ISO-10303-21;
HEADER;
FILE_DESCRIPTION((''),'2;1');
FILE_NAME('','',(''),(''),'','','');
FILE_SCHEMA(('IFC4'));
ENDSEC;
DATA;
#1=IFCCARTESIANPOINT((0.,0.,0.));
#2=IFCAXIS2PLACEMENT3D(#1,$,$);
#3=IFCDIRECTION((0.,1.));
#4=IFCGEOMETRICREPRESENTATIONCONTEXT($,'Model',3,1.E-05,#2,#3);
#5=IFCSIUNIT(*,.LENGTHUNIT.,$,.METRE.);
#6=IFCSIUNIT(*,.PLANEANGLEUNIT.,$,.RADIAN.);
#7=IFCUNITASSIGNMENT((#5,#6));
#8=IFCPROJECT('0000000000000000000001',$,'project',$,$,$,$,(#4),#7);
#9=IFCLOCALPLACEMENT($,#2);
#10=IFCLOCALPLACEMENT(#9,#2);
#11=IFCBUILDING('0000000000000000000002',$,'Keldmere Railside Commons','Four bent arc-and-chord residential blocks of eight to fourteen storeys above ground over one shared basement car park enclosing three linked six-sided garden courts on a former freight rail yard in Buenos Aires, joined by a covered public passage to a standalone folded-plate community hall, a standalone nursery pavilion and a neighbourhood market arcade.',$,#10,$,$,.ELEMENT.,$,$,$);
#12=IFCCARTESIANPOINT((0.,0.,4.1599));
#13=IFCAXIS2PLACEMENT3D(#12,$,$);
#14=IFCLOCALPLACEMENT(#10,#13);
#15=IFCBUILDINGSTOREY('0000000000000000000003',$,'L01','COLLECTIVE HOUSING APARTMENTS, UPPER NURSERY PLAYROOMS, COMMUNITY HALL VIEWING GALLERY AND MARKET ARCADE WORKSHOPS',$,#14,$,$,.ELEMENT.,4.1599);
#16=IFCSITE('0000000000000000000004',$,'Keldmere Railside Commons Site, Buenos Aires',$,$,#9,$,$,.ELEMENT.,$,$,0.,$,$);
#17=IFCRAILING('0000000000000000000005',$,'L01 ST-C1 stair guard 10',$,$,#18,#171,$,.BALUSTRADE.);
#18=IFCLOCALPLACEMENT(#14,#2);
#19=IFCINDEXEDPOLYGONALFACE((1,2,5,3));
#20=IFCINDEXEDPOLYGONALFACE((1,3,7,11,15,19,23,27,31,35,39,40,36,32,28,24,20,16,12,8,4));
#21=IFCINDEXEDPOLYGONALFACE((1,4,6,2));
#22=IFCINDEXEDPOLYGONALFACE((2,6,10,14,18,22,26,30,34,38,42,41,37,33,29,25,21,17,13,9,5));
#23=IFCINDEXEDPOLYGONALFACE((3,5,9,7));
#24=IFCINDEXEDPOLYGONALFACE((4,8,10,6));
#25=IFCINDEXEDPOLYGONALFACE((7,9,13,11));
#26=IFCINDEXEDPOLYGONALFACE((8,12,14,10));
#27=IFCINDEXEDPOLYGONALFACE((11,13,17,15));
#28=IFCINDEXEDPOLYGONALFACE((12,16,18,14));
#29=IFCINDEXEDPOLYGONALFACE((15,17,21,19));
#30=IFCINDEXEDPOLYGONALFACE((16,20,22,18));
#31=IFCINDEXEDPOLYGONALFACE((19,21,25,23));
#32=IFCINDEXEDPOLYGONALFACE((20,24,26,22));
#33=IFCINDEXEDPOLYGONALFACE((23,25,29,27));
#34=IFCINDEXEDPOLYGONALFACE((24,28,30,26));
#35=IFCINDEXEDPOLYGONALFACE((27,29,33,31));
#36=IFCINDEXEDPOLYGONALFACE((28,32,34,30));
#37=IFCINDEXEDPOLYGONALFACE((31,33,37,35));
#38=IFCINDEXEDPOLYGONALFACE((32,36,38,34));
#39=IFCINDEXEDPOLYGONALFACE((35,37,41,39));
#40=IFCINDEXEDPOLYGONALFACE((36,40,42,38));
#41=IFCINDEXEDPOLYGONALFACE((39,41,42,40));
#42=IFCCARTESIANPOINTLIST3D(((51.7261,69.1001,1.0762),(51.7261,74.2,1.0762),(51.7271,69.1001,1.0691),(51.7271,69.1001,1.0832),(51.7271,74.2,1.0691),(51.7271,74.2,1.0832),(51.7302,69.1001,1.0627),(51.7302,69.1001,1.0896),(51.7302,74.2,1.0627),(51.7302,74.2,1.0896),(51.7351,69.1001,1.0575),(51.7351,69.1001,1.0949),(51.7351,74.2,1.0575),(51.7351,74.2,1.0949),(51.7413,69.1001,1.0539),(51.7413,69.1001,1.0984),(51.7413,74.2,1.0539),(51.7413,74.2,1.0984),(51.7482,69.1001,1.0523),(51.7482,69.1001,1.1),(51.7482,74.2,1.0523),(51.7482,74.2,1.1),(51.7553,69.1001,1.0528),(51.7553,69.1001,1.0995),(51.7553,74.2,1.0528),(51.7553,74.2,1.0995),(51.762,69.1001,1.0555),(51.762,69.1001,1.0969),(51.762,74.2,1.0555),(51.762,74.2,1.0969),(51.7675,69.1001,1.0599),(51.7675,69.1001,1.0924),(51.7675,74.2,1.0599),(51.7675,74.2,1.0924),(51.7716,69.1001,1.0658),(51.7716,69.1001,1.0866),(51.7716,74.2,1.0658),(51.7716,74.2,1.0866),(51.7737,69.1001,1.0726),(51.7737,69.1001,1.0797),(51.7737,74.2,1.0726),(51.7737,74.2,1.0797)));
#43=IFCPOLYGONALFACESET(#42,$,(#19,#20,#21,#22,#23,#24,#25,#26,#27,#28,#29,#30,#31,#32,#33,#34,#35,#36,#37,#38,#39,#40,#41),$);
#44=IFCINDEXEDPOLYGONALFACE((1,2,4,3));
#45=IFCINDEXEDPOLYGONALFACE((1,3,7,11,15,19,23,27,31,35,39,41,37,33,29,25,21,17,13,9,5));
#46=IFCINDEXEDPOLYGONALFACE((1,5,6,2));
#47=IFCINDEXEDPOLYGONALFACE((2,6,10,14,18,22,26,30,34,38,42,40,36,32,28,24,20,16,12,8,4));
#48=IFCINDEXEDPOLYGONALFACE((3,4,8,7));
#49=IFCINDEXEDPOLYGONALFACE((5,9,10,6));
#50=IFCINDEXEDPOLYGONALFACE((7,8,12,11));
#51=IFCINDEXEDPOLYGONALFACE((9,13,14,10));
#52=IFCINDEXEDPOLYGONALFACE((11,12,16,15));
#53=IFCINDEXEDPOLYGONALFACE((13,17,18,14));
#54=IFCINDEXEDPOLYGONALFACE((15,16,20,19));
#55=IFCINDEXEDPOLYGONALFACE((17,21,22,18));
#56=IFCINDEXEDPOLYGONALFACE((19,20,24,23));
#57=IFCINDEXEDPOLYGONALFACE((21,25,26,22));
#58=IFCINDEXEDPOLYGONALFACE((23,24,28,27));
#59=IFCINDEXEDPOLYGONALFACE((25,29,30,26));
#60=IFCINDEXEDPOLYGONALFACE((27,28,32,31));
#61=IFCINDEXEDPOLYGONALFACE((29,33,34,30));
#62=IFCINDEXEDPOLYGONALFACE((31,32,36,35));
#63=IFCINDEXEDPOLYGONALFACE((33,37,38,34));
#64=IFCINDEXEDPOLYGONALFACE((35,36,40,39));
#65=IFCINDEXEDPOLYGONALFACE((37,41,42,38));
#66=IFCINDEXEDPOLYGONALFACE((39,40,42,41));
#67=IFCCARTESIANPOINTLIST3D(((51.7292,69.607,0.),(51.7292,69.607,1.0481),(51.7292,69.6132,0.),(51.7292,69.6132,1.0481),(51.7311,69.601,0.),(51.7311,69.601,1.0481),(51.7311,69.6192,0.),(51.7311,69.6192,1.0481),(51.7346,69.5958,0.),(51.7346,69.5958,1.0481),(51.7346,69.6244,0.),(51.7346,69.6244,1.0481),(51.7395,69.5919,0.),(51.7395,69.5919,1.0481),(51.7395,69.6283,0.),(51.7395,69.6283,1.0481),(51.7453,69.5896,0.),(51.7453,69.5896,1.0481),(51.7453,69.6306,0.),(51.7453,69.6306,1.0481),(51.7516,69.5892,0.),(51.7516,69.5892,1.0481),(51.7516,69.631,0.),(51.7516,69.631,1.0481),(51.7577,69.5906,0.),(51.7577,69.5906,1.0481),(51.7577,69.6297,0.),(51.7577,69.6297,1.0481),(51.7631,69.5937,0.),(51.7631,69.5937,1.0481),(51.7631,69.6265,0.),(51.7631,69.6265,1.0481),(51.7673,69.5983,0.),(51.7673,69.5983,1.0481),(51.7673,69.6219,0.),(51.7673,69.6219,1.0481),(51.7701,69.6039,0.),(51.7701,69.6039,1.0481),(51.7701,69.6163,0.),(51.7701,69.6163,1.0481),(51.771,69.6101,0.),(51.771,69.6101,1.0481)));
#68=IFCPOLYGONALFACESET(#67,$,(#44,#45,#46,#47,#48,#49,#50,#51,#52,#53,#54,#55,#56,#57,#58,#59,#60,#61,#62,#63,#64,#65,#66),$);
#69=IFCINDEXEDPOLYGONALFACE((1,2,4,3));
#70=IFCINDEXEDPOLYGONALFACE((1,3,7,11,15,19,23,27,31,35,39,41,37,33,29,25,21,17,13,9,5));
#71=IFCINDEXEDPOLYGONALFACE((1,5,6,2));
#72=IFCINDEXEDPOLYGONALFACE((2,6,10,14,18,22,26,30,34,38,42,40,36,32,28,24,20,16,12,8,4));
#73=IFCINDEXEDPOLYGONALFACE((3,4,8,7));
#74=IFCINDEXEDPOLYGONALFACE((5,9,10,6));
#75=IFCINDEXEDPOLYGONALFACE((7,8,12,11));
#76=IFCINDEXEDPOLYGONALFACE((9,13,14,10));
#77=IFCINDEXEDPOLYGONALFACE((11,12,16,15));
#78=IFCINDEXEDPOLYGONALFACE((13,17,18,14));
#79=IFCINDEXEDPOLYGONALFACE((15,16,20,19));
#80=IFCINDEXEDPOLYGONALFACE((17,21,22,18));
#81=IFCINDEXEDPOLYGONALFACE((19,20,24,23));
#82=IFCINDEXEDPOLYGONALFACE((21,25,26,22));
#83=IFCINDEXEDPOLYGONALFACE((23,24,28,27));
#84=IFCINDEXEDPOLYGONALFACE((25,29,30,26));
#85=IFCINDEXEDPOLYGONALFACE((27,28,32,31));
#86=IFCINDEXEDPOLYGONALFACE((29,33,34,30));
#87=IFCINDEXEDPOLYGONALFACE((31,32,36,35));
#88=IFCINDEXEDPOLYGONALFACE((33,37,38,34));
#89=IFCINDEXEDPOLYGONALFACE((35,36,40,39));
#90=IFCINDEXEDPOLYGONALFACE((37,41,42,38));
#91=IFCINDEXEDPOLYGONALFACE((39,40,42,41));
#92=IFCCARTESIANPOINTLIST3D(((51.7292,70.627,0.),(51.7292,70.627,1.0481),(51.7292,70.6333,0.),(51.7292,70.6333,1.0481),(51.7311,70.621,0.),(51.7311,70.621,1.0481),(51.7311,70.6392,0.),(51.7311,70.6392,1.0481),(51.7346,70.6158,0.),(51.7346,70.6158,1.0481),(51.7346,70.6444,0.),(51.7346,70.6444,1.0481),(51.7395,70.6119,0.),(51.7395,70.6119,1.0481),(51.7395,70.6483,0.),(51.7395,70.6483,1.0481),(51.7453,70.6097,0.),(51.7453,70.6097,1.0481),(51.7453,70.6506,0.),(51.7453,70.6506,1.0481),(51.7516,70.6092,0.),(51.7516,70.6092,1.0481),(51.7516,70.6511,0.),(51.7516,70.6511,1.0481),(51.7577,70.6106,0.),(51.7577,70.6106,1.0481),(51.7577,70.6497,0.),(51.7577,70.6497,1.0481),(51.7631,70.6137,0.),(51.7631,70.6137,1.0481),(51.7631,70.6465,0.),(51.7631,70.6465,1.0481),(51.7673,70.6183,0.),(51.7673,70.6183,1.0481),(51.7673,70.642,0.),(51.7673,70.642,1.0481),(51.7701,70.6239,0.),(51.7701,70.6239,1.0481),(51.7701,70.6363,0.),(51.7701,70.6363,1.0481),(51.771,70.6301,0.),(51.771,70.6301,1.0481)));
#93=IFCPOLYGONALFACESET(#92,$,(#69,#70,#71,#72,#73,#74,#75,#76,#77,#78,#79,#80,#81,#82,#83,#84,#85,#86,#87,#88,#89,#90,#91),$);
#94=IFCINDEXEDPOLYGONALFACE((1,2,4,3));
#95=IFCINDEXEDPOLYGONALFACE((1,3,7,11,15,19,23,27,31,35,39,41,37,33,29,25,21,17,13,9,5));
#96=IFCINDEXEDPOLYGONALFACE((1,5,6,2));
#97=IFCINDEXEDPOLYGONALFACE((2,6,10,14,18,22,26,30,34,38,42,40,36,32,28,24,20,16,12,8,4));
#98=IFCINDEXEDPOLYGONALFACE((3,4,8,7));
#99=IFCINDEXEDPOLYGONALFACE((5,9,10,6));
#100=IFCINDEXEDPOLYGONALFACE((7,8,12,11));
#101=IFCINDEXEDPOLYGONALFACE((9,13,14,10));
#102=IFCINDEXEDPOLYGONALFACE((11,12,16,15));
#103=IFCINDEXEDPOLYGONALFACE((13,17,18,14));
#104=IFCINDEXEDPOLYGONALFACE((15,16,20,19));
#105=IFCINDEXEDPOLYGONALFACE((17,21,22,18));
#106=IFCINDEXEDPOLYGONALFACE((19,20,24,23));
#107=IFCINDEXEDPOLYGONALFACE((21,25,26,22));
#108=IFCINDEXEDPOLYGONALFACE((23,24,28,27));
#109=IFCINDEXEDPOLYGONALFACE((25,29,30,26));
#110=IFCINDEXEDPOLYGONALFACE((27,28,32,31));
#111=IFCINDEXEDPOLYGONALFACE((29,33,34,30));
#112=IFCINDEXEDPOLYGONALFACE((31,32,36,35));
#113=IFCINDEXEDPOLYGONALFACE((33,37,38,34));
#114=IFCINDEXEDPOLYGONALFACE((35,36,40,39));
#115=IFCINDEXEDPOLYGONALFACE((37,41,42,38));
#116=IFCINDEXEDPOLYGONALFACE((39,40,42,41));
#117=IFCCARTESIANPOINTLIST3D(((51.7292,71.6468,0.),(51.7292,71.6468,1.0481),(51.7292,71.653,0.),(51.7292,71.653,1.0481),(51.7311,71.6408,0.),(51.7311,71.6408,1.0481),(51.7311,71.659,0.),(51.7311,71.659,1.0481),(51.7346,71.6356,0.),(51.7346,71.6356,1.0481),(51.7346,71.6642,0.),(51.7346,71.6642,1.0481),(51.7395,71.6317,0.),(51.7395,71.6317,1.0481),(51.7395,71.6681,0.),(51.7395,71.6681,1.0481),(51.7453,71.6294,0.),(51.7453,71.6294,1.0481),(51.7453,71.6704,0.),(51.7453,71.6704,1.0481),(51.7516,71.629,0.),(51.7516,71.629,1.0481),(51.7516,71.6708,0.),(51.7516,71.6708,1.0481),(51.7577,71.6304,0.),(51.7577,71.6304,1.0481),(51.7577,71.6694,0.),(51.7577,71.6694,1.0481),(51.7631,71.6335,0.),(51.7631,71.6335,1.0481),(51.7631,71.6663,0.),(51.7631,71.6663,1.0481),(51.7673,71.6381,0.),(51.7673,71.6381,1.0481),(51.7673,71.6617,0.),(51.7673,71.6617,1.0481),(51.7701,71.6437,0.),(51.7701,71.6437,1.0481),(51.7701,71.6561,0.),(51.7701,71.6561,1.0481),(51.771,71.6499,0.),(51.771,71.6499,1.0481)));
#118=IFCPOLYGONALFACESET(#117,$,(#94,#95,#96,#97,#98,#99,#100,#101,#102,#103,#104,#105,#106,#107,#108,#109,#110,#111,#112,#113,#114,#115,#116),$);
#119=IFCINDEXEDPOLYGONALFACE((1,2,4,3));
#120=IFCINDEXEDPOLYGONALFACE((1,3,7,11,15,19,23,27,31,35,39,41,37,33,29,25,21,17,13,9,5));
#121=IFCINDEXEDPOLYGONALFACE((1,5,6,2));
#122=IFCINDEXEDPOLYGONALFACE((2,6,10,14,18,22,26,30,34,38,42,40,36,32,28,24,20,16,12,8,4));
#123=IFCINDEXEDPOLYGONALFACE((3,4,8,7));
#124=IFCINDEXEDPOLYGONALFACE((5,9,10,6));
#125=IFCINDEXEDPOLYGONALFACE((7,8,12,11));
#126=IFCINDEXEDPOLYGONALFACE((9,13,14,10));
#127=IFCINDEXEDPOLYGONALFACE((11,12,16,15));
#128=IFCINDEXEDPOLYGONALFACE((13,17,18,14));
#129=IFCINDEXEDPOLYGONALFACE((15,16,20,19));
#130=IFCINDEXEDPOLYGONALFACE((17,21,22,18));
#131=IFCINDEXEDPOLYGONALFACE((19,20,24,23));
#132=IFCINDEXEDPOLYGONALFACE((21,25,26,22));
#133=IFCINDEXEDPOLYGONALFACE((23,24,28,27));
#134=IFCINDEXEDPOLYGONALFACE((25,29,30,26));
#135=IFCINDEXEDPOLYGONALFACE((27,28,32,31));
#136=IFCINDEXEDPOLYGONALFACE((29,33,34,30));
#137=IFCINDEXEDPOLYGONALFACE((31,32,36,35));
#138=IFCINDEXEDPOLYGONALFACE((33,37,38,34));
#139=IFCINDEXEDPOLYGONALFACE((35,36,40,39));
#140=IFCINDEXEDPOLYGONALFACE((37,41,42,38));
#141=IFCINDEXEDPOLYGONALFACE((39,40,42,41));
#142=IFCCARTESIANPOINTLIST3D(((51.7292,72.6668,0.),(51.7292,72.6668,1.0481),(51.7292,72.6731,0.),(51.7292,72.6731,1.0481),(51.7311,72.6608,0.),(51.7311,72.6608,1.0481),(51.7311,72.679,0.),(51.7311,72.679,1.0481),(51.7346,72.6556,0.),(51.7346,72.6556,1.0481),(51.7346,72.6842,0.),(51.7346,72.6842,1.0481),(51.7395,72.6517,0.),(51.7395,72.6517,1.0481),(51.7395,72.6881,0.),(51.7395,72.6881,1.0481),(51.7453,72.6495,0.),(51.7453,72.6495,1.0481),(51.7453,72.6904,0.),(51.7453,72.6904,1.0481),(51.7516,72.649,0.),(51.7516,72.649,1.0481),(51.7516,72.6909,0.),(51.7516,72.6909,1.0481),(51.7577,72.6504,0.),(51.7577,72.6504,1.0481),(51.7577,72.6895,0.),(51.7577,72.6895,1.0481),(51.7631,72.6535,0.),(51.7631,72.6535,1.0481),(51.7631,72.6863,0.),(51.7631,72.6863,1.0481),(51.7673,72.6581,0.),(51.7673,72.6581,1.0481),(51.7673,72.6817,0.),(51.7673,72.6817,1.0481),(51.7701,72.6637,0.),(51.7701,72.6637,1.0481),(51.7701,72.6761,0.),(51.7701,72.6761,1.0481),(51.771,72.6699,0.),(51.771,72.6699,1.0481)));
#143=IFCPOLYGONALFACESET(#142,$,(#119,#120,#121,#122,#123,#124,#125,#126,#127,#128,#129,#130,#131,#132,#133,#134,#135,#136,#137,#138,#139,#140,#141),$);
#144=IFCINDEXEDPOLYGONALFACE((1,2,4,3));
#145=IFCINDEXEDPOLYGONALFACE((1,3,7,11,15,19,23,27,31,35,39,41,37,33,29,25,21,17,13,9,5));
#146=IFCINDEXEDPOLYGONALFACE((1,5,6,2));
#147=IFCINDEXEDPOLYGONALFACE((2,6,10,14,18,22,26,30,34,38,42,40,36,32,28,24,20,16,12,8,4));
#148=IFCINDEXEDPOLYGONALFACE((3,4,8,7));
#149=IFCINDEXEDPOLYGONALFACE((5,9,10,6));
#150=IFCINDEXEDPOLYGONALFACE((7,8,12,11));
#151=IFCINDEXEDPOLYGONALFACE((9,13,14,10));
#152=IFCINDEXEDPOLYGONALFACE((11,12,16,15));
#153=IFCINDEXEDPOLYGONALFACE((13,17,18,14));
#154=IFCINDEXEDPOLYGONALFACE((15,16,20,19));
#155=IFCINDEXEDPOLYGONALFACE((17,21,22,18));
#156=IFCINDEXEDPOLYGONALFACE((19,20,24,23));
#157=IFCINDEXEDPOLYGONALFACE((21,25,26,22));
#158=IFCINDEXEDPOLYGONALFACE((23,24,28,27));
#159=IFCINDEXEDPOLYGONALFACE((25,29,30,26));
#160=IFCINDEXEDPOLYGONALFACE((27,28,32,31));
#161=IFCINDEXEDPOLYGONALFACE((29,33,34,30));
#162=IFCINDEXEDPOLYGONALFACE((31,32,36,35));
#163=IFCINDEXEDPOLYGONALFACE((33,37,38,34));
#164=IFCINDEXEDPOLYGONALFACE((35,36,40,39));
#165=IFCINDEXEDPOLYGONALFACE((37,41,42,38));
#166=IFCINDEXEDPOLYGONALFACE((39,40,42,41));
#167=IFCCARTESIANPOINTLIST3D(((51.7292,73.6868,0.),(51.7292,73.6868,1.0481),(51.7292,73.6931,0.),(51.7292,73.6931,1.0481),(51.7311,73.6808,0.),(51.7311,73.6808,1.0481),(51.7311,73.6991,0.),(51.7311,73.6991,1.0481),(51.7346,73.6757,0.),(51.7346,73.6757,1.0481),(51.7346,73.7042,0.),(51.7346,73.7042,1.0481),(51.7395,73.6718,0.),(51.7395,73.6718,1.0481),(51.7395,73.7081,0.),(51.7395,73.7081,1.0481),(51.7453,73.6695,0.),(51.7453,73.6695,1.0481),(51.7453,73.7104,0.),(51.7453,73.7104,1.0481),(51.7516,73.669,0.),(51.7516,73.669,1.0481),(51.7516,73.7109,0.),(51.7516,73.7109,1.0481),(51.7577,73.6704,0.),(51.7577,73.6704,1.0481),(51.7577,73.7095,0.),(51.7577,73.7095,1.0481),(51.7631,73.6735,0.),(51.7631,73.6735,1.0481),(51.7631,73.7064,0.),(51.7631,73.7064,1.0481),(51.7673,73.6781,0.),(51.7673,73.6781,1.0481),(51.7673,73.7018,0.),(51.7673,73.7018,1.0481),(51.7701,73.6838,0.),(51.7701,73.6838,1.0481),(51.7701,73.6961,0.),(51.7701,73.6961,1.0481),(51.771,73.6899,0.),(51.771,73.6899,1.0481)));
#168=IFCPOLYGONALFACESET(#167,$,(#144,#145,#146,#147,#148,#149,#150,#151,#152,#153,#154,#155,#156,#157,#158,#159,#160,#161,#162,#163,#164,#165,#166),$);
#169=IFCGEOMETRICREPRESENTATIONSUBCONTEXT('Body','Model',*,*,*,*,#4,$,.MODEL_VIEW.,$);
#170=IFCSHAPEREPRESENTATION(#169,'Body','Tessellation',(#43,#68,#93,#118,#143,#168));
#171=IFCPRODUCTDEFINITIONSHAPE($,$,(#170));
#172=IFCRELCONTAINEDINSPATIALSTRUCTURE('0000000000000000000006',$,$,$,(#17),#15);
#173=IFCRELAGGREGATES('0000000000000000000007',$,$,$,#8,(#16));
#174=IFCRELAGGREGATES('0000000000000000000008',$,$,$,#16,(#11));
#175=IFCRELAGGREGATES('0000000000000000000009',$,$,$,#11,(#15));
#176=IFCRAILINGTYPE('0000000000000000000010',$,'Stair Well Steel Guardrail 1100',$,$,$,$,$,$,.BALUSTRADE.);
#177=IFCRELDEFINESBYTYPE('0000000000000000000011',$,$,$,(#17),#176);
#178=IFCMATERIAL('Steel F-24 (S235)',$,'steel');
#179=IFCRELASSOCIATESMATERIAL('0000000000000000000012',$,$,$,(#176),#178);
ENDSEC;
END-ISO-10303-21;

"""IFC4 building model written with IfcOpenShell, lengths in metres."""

from ifc_helpers import new_model, si_unit, direction, frame, origin, origin_2d, place, context, subcontext, project, spatial, circle, extrude, material, type_object, element, save


model = new_model("IFC4")

# Units and contexts
model_context = context("Model", 3, precision=1e-05, world=origin(), true_north=direction((0.0, 1.0)))
body_context = subcontext(model_context, "Body", "Model", "MODEL_VIEW")
ifc_project = project(units=[si_unit("LENGTHUNIT", "METRE"), si_unit("PLANEANGLEUNIT", "RADIAN")], contexts=[model_context])

# Site, building, storey
site_placement = place(None, origin())
site = spatial("IfcSite", under=ifc_project, at=site_placement, Name="Keldmere Railside Commons Site, Buenos Aires", CompositionType="ELEMENT", RefElevation=0.0)
building_placement = place(site_placement, origin())
building = spatial("IfcBuilding", under=site, at=building_placement, Name="Keldmere Railside Commons", Description="Four bent arc-and-chord residential blocks of eight to fourteen storeys above ground over one shared basement car park enclosing three linked six-sided garden courts on a former freight rail yard in Buenos Aires, joined by a covered public passage to a standalone folded-plate community hall, a standalone nursery pavilion and a neighbourhood market arcade.", CompositionType="ELEMENT")
storey_placement = place(building_placement, frame((0.0, 0.0, 4.1599)))
storey = spatial("IfcBuildingStorey", under=building, at=storey_placement, Name="L01", Description="COLLECTIVE HOUSING APARTMENTS, UPPER NURSERY PLAYROOMS, COMMUNITY HALL VIEWING GALLERY AND MARKET ARCADE WORKSHOPS", CompositionType="ELEMENT", Elevation=4.1599)

# Shared definitions
ifc_material_1 = material(Name="Steel F-24 (S235)", Category="steel")

# Railing
railing_type_1 = type_object("IfcRailingType", Name="Stair Well Steel Guardrail 1100", PredefinedType="BALUSTRADE", material=ifc_material_1)
railing_1_placement = place(storey_placement, frame((51.75, 69.1001, 0.0)))
element("IfcRailing", 1, at=railing_1_placement, inside=storey, type_object=railing_type_1, Name="L01 ST-C1 stair guard 10", PredefinedType="BALUSTRADE", context=body_context, shape_type="SweptSolid", body=[
    extrude(circle(Radius=0.0239, at=origin_2d()), frame((0.0, 0.0, 1.0762), z_axis=(0.0, 1.0, 0.0), x_axis=(-1.0, 0.0, 0.0)), (0.0, 0.0, 1.0), 5.0999),
    extrude(circle(Radius=0.021, at=origin_2d()), frame((0.0, 0.51, 0.0)), (0.0, 0.0, 1.0), 1.0481),
    extrude(circle(Radius=0.021, at=origin_2d()), frame((0.0, 1.53, 0.0)), (0.0, 0.0, 1.0), 1.0481),
    extrude(circle(Radius=0.021, at=origin_2d()), frame((0.0, 2.5498, 0.0)), (0.0, 0.0, 1.0), 1.0481),
    extrude(circle(Radius=0.021, at=origin_2d()), frame((0.0, 3.5698, 0.0)), (0.0, 0.0, 1.0), 1.0481),
    extrude(circle(Radius=0.021, at=origin_2d()), frame((0.0, 4.5898, 0.0)), (0.0, 0.0, 1.0), 1.0481),
])

save(model, "model.ifc")
